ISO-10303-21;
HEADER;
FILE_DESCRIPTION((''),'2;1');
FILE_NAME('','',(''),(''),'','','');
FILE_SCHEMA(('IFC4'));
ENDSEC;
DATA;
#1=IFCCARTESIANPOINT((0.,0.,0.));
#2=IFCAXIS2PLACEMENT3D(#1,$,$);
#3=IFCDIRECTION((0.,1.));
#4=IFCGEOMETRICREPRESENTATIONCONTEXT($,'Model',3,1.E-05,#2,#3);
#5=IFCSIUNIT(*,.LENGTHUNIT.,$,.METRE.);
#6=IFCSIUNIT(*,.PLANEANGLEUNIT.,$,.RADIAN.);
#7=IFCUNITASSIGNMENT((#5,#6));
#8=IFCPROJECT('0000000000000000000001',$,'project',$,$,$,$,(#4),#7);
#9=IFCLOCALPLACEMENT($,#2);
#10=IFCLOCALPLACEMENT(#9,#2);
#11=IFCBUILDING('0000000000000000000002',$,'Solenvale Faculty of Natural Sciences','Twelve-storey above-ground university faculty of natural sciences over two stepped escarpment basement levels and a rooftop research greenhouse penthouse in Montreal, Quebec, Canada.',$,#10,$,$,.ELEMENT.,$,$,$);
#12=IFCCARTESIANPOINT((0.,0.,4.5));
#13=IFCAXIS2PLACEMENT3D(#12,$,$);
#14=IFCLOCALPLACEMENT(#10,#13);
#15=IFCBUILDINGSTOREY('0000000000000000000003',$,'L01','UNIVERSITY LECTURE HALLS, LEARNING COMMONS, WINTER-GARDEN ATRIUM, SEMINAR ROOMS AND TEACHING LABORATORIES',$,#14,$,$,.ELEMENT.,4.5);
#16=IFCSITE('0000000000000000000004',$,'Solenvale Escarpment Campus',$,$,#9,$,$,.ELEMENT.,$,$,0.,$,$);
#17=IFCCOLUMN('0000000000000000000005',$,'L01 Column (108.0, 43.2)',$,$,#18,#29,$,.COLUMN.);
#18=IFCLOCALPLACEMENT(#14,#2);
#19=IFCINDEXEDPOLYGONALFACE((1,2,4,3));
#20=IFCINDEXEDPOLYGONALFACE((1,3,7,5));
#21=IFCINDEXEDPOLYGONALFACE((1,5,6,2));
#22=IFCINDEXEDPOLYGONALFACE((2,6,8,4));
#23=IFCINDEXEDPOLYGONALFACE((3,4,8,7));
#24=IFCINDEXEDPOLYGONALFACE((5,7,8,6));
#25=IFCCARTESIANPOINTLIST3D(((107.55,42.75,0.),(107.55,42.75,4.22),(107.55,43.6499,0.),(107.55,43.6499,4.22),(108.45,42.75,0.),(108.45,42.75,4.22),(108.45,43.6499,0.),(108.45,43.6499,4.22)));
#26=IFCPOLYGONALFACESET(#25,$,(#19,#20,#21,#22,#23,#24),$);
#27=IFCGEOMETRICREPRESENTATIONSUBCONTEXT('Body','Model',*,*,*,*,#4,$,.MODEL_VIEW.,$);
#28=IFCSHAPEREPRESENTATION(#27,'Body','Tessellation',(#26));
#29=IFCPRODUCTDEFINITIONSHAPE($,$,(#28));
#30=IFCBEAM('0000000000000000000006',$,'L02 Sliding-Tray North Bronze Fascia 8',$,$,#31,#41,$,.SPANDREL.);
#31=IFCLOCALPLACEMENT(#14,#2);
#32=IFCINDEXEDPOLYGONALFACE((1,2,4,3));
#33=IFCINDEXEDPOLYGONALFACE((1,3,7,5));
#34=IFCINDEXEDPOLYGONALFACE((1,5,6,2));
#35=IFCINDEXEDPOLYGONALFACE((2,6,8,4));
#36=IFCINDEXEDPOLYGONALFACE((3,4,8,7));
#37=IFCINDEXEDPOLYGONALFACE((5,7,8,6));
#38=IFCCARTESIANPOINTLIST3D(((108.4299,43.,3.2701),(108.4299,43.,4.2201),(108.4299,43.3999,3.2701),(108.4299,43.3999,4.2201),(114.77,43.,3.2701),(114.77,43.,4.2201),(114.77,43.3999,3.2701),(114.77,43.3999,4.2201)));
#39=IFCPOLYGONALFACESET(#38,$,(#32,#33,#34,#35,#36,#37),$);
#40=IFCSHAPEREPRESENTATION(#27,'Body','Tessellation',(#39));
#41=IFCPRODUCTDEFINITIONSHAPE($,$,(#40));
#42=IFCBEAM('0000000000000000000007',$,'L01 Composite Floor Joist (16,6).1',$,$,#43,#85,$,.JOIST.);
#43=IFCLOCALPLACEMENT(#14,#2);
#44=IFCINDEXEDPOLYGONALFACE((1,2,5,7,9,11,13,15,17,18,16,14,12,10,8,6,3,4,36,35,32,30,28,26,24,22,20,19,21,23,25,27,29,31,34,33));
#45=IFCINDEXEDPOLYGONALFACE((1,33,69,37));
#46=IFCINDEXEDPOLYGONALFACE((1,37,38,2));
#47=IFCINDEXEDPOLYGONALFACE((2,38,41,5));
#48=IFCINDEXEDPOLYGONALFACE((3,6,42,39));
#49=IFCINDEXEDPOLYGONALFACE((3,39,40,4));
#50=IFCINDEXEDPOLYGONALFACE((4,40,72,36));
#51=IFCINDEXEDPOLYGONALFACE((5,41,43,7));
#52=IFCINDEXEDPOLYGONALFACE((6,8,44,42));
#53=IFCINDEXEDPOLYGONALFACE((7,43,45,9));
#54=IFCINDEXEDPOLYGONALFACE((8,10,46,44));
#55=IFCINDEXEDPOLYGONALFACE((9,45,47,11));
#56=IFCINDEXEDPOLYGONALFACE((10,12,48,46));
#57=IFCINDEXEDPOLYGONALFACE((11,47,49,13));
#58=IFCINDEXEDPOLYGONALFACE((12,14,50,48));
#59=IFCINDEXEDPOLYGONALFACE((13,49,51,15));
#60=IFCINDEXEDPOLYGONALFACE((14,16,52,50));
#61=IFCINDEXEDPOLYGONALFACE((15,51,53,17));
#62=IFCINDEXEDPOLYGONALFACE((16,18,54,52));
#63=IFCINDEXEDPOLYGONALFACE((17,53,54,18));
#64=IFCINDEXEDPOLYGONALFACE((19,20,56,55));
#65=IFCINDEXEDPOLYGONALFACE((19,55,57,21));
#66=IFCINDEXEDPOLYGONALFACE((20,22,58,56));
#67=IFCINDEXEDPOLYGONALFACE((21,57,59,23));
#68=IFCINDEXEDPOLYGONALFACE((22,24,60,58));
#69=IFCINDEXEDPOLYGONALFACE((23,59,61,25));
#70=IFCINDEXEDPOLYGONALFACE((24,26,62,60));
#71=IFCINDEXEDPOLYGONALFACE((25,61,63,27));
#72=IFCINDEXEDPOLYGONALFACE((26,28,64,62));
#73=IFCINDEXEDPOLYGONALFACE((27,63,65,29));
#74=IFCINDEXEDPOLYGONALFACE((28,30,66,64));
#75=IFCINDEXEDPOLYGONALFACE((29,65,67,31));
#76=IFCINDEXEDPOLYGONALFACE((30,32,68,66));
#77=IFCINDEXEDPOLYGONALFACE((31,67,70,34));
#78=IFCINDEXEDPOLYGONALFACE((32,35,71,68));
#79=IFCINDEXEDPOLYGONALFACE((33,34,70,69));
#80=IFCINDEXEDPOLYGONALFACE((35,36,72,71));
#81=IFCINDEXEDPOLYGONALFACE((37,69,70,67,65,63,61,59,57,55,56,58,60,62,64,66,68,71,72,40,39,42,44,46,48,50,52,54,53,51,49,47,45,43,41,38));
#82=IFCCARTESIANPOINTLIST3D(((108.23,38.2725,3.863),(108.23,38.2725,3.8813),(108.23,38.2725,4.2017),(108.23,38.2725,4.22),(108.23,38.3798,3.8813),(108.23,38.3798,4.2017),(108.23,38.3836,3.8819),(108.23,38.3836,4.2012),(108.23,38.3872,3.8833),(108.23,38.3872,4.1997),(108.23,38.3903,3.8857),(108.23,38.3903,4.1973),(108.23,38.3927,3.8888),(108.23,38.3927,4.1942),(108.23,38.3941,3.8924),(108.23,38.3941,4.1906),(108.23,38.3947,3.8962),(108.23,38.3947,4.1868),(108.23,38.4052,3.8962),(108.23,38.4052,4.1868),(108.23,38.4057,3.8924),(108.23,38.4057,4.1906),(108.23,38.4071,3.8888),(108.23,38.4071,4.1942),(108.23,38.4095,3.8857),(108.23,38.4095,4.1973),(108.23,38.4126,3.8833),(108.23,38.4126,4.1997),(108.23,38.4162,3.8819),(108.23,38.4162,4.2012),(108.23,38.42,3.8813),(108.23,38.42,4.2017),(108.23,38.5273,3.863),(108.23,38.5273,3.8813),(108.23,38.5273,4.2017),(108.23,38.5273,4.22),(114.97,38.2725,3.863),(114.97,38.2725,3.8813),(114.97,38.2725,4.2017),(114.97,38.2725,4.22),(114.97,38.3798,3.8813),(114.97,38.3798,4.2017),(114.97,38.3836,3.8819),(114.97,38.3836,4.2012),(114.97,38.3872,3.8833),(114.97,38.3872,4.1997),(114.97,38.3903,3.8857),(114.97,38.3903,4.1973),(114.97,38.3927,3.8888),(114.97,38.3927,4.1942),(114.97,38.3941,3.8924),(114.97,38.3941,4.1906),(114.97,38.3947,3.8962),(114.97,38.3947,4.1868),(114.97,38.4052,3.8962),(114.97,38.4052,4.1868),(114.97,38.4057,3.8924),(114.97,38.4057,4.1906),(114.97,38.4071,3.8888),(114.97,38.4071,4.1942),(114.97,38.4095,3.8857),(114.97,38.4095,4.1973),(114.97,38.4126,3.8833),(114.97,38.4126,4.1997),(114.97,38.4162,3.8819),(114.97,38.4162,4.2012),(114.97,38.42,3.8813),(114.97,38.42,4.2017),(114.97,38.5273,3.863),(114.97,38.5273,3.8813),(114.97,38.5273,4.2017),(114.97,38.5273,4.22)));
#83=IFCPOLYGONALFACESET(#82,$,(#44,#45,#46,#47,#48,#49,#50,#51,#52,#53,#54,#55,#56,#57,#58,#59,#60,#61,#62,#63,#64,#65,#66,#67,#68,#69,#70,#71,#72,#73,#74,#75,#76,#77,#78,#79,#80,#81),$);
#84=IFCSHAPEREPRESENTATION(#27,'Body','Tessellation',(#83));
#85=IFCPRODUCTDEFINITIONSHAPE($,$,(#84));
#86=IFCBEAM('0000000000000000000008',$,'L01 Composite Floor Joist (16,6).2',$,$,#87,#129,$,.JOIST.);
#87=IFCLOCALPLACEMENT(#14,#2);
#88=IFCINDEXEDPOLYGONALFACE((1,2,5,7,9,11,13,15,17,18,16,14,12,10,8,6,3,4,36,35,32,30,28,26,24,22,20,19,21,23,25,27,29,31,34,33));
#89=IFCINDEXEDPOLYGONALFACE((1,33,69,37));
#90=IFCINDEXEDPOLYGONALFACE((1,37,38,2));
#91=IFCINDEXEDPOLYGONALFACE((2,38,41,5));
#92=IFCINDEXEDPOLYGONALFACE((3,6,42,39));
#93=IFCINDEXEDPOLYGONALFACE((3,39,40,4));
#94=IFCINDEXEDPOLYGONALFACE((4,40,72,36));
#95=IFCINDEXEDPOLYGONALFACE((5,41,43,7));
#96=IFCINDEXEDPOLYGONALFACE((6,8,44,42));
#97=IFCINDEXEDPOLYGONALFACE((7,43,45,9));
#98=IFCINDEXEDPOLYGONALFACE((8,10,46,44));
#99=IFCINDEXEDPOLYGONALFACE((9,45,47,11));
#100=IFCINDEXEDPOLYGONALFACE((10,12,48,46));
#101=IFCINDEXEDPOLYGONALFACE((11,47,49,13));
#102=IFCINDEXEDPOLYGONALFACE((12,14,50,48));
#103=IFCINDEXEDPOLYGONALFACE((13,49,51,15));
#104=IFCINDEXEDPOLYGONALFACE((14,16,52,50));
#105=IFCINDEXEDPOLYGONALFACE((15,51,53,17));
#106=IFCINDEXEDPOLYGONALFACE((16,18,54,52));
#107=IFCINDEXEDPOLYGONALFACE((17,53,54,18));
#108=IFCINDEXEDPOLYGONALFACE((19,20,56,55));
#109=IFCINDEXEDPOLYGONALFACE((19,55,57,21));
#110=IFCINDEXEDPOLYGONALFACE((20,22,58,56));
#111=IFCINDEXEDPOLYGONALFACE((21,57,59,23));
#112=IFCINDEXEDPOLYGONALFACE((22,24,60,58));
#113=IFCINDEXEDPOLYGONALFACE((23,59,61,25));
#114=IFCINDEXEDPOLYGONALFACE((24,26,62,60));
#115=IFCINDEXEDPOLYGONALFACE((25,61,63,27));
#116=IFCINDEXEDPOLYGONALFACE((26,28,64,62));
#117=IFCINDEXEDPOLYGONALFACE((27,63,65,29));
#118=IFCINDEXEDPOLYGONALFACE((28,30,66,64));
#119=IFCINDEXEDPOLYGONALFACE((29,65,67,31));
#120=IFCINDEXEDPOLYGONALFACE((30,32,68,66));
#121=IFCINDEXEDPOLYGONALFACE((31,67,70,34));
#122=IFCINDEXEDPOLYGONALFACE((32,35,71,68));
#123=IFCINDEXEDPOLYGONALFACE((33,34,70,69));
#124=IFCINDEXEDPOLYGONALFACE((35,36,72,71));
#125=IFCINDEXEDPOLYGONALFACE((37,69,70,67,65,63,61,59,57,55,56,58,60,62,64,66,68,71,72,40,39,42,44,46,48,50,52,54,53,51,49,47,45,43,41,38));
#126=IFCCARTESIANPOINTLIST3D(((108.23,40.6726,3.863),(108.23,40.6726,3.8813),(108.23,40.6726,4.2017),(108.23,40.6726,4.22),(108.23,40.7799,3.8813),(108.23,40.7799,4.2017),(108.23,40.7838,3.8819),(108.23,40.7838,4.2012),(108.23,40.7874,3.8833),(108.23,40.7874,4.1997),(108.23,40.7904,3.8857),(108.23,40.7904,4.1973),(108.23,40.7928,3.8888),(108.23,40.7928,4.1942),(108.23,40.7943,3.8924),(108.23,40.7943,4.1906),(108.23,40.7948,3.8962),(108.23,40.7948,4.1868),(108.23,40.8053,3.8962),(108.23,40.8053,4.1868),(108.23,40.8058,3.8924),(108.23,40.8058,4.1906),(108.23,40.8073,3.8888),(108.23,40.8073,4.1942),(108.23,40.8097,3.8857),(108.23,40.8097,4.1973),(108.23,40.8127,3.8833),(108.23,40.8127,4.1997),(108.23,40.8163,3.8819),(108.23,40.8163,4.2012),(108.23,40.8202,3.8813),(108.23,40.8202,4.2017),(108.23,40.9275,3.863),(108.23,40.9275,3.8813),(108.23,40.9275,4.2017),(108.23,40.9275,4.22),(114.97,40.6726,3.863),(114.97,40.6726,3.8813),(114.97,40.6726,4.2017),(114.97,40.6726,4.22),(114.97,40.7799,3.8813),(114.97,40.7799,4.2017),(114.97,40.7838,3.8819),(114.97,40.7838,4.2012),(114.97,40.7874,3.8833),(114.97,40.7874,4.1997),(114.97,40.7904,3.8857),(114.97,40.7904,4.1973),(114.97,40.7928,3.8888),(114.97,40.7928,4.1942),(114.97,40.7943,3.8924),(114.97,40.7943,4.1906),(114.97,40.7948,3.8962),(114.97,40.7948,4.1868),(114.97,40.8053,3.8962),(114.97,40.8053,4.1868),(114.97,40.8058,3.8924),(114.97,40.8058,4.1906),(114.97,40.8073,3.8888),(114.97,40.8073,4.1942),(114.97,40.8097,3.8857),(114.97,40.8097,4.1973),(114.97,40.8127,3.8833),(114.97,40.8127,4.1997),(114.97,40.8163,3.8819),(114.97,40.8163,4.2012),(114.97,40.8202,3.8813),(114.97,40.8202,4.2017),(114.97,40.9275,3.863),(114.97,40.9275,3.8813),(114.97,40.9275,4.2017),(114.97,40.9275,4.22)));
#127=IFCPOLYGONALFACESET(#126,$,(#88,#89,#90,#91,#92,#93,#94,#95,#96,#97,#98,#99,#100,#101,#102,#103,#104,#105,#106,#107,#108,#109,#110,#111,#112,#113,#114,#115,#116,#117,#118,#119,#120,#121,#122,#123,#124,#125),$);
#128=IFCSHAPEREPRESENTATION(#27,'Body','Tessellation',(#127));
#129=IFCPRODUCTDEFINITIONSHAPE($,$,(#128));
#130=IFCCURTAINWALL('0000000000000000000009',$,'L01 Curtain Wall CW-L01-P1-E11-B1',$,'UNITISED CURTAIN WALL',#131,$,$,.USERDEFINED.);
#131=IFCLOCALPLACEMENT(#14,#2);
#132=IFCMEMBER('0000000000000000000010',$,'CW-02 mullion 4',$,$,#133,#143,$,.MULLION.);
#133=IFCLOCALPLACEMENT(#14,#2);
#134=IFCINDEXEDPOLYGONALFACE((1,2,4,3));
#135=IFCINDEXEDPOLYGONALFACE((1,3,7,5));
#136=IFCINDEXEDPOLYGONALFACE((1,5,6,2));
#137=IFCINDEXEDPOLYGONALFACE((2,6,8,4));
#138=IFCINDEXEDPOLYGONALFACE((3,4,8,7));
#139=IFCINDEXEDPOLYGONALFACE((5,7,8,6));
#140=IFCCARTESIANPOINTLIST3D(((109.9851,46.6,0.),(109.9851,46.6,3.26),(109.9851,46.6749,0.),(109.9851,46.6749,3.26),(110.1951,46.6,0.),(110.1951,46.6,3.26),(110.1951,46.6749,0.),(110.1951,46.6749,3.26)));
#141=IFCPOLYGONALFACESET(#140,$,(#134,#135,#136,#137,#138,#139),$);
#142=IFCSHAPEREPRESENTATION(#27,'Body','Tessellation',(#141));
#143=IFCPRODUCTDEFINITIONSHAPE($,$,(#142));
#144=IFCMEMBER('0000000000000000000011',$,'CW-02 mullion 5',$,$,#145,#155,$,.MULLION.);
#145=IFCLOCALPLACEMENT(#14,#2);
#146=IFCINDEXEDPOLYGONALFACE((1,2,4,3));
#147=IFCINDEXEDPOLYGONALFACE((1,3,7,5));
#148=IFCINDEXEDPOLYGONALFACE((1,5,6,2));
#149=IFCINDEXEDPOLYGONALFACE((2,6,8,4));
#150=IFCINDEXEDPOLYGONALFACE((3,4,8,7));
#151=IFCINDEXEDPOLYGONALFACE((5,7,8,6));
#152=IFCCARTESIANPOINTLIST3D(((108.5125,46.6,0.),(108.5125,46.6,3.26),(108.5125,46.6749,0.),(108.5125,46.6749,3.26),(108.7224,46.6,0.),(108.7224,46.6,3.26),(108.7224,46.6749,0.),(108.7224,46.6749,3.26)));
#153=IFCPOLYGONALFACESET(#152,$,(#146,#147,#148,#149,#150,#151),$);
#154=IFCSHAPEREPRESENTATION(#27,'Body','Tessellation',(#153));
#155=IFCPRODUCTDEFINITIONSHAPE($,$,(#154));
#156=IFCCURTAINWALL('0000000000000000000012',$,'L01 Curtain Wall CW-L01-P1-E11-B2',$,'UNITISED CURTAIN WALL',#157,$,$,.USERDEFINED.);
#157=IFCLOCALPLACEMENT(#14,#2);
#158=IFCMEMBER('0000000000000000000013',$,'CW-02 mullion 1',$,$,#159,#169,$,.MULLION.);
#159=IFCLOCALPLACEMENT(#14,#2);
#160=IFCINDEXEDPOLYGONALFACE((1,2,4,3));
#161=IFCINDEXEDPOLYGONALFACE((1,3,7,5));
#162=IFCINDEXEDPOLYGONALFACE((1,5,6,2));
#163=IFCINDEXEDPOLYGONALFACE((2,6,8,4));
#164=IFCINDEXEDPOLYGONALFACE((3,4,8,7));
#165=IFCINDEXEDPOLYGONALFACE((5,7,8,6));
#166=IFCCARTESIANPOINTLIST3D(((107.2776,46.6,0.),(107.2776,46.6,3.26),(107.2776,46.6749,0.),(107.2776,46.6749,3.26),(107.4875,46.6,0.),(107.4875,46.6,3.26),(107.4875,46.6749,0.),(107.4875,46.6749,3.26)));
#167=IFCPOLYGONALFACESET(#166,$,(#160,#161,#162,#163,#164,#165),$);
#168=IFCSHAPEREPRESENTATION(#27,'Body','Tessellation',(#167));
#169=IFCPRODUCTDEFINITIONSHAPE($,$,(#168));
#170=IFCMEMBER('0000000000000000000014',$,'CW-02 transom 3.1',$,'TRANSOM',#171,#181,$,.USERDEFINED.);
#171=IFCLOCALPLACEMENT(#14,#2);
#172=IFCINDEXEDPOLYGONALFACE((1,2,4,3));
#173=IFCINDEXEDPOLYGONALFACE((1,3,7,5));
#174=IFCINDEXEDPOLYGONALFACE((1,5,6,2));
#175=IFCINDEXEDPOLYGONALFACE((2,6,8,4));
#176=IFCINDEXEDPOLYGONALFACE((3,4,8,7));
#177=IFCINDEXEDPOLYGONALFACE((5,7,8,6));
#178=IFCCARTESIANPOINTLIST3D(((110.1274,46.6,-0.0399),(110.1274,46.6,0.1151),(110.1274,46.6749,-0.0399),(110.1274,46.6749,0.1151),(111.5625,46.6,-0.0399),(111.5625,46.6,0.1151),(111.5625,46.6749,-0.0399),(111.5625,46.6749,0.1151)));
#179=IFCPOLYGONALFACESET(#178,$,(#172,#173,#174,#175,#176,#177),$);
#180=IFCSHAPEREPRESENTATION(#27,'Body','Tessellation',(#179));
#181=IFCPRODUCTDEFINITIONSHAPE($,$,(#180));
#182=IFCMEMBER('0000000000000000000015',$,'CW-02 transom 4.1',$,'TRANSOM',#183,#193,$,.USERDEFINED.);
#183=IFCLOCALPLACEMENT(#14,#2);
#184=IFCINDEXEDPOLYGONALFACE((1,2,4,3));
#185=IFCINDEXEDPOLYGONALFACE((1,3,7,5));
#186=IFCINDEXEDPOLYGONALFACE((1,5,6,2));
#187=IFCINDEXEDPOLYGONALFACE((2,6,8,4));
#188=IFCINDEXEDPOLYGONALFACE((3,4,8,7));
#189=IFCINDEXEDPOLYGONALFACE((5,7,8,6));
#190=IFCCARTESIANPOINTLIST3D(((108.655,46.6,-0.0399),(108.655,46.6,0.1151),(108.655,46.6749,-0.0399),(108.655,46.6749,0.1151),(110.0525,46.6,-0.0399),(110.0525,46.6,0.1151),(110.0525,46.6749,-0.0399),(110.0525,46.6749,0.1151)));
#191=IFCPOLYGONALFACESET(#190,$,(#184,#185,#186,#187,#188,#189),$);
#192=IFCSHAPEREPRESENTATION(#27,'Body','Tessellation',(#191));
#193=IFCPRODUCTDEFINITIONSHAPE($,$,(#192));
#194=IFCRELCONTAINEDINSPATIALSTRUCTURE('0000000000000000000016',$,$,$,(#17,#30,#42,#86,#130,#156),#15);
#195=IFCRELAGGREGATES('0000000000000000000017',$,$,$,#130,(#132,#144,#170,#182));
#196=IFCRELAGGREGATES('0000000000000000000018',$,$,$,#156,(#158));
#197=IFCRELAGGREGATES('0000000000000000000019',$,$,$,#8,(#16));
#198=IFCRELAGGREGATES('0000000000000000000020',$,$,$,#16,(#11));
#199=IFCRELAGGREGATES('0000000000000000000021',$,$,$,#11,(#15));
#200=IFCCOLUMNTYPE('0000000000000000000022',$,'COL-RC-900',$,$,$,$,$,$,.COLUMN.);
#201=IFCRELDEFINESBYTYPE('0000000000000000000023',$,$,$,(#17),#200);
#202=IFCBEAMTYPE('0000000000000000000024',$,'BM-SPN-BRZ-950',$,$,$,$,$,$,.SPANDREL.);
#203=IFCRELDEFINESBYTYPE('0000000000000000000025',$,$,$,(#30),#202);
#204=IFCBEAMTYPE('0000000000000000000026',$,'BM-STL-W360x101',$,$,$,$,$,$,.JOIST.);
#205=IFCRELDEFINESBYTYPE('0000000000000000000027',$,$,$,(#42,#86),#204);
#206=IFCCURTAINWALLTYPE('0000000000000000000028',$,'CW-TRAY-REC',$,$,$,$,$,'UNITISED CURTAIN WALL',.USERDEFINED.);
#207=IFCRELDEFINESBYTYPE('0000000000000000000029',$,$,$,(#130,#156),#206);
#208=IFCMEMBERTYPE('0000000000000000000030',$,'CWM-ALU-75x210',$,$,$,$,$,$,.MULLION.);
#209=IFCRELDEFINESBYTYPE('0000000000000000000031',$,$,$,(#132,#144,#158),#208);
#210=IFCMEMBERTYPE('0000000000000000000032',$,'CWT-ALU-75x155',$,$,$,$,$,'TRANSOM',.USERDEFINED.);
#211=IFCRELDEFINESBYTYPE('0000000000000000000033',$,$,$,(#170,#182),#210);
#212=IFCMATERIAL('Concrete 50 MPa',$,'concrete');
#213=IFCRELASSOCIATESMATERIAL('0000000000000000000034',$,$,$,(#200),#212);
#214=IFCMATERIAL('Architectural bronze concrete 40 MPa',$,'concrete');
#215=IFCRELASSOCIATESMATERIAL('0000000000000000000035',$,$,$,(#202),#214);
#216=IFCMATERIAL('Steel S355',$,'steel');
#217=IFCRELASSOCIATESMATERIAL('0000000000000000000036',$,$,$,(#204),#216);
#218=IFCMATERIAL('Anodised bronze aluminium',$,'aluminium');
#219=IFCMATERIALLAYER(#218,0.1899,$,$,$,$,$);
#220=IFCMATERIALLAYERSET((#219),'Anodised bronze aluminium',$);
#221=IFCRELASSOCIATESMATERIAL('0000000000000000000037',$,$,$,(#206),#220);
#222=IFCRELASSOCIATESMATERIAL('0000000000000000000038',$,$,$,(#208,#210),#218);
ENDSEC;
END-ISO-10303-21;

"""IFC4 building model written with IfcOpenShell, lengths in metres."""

from ifc_helpers import new_model, si_unit, direction, frame, origin, origin_2d, place, context, subcontext, project, spatial, rectangle, i_section, extrude, material, layer, layer_set, material_profile, profile_set, type_object, element, aggregate, save


model = new_model("IFC4")

# Units and contexts
model_context = context("Model", 3, precision=1e-05, world=origin(), true_north=direction((0.0, 1.0)))
body_context = subcontext(model_context, "Body", "Model", "MODEL_VIEW")
ifc_project = project(units=[si_unit("LENGTHUNIT", "METRE"), si_unit("PLANEANGLEUNIT", "RADIAN")], contexts=[model_context])

# Site, building, storey
site_placement = place(None, origin())
site = spatial("IfcSite", under=ifc_project, at=site_placement, Name="Solenvale Escarpment Campus", CompositionType="ELEMENT", RefElevation=0.0)
building_placement = place(site_placement, origin())
building = spatial("IfcBuilding", under=site, at=building_placement, Name="Solenvale Faculty of Natural Sciences", Description="Twelve-storey above-ground university faculty of natural sciences over two stepped escarpment basement levels and a rooftop research greenhouse penthouse in Montreal, Quebec, Canada.", CompositionType="ELEMENT")
storey_placement = place(building_placement, frame((0.0, 0.0, 4.5)))
storey = spatial("IfcBuildingStorey", under=building, at=storey_placement, Name="L01", Description="UNIVERSITY LECTURE HALLS, LEARNING COMMONS, WINTER-GARDEN ATRIUM, SEMINAR ROOMS AND TEACHING LABORATORIES", CompositionType="ELEMENT", Elevation=4.5)

# Column
ifc_material_1 = material(Name="Concrete 50 MPa", Category="concrete")
ifc_material_profile_1 = material_profile(ifc_material_1, rectangle(XDim=0.8999, YDim=0.8999, at=origin_2d()), Name="RC-COL-900x900")
ifc_profile_set_1 = profile_set([ifc_material_profile_1], Name="Concrete 50 MPa")
column_type = type_object("IfcColumnType", Name="COL-RC-900", PredefinedType="COLUMN", material=ifc_profile_set_1)
column_placement = place(storey_placement, frame((108.0, 43.2, 0.0), z_axis=(0.0, 0.0, 1.0), x_axis=(1.0, 0.0, 0.0)))
element("IfcColumn", 1, at=column_placement, inside=storey, type_object=column_type, Name="L01 Column (108.0, 43.2)", PredefinedType="COLUMN", context=body_context, shape_type="SweptSolid", body=[
    extrude(rectangle(XDim=0.8999, YDim=0.8999, at=origin_2d()), origin(), (0.0, 0.0, 1.0), 4.22),
])

# Beams
ifc_material_2 = material(Name="Architectural bronze concrete 40 MPa", Category="concrete")
ifc_material_profile_2 = material_profile(ifc_material_2, rectangle(XDim=0.3999, YDim=0.95, at=origin_2d()), Name="RC-SPN-400x950")
ifc_profile_set_2 = profile_set([ifc_material_profile_2], Name="Architectural bronze concrete 40 MPa")
beam_type_1 = type_object("IfcBeamType", Name="BM-SPN-BRZ-950", PredefinedType="SPANDREL", material=ifc_profile_set_2)
beam_placement = place(storey_placement, frame((108.4299, 43.2, 3.7451), z_axis=(1.0, 0.0, 0.0), x_axis=(0.0, 1.0, 0.0)))
element("IfcBeam", 2, at=beam_placement, inside=storey, type_object=beam_type_1, Name="L02 Sliding-Tray North Bronze Fascia 8", PredefinedType="SPANDREL", context=body_context, shape_type="SweptSolid", body=[
    extrude(rectangle(XDim=0.3999, YDim=0.95, at=origin_2d()), origin(), (0.0, 0.0, 1.0), 6.3401),
])
ifc_material_3 = material(Name="Steel S355", Category="steel")
ifc_material_profile_3 = material_profile(ifc_material_3, i_section(OverallWidth=0.2549, OverallDepth=0.3569, WebThickness=0.0105, FlangeThickness=0.0183, FilletRadius=0.0149, at=origin_2d()), Name="W360x101")
ifc_profile_set_3 = profile_set([ifc_material_profile_3], Name="Steel S355")
beam_type_2 = type_object("IfcBeamType", Name="BM-STL-W360x101", PredefinedType="JOIST", material=ifc_profile_set_3)
for number, where, z_axis, x_axis, name in (
    (3, (108.23, 38.3999, 4.0415), (1.0, 0.0, 0.0), (0.0, 1.0, 0.0), "L01 Composite Floor Joist (16,6).1"),
    (4, (108.23, 40.8, 4.0415), (1.0, 0.0, 0.0), (0.0, 1.0, 0.0), "L01 Composite Floor Joist (16,6).2"),
):
    element("IfcBeam", number, at=place(storey_placement, frame(where, z_axis=z_axis, x_axis=x_axis)), inside=storey, type_object=beam_type_2, Name=name, PredefinedType="JOIST", context=body_context, shape_type="SweptSolid", body=[
        extrude(i_section(OverallWidth=0.2549, OverallDepth=0.3569, WebThickness=0.0105, FlangeThickness=0.0183, FilletRadius=0.0149, at=origin_2d()), origin(), (0.0, 0.0, 1.0), 6.74),
    ])

# Curtain wall, members
ifc_material_4 = material(Name="Anodised bronze aluminium", Category="aluminium")
ifc_layer_1 = layer(ifc_material_4, 0.1899)
ifc_layer_set_1 = layer_set([ifc_layer_1], Name="Anodised bronze aluminium")
curtain_wall_type = type_object("IfcCurtainWallType", Name="CW-TRAY-REC", ElementType="UNITISED CURTAIN WALL", PredefinedType="USERDEFINED", material=ifc_layer_set_1)
curtain_wall_1_placement = place(storey_placement, origin())
curtain_wall_1 = element("IfcCurtainWall", 5, at=curtain_wall_1_placement, inside=storey, type_object=curtain_wall_type, Name="L01 Curtain Wall CW-L01-P1-E11-B1", ObjectType="UNITISED CURTAIN WALL", PredefinedType="USERDEFINED")
ifc_material_profile_4 = material_profile(ifc_material_4, rectangle(XDim=0.075, YDim=0.21, at=origin_2d()), Name="ALU-MUL-75x210")
ifc_profile_set_4 = profile_set([ifc_material_profile_4], Name="Anodised bronze aluminium")
member_type_1 = type_object("IfcMemberType", Name="CWM-ALU-75x210", PredefinedType="MULLION", material=ifc_profile_set_4)
member_1_placement = place(storey_placement, frame((110.0901, 46.6375, 0.0), z_axis=(0.0, 0.0, 1.0), x_axis=(0.0, -1.0, 0.0)))
member_1 = element("IfcMember", 6, at=member_1_placement, type_object=member_type_1, Name="CW-02 mullion 4", PredefinedType="MULLION", context=body_context, shape_type="SweptSolid", body=[
    extrude(rectangle(XDim=0.075, YDim=0.21, at=origin_2d()), origin(), (0.0, 0.0, 1.0), 3.26),
])
member_2_placement = place(storey_placement, frame((108.6174, 46.6375, 0.0), z_axis=(0.0, 0.0, 1.0), x_axis=(0.0, -1.0, 0.0)))
member_2 = element("IfcMember", 7, at=member_2_placement, type_object=member_type_1, Name="CW-02 mullion 5", PredefinedType="MULLION", context=body_context, shape_type="SweptSolid", body=[
    extrude(rectangle(XDim=0.075, YDim=0.21, at=origin_2d()), origin(), (0.0, 0.0, 1.0), 3.26),
])

# Curtain wall, member
curtain_wall_2_placement = place(storey_placement, origin())
curtain_wall_2 = element("IfcCurtainWall", 8, at=curtain_wall_2_placement, inside=storey, type_object=curtain_wall_type, Name="L01 Curtain Wall CW-L01-P1-E11-B2", ObjectType="UNITISED CURTAIN WALL", PredefinedType="USERDEFINED")
member_3_placement = place(storey_placement, frame((107.3826, 46.6375, 0.0), z_axis=(0.0, 0.0, 1.0), x_axis=(0.0, -1.0, 0.0)))
member_3 = element("IfcMember", 9, at=member_3_placement, type_object=member_type_1, Name="CW-02 mullion 1", PredefinedType="MULLION", context=body_context, shape_type="SweptSolid", body=[
    extrude(rectangle(XDim=0.075, YDim=0.21, at=origin_2d()), origin(), (0.0, 0.0, 1.0), 3.26),
])

# Members
ifc_material_profile_5 = material_profile(ifc_material_4, rectangle(XDim=0.075, YDim=0.155, at=origin_2d()), Name="ALU-TRN-75x155")
ifc_profile_set_5 = profile_set([ifc_material_profile_5], Name="Anodised bronze aluminium")
member_type_2 = type_object("IfcMemberType", Name="CWT-ALU-75x155", ElementType="TRANSOM", PredefinedType="USERDEFINED", material=ifc_profile_set_5)
member_4_placement = place(storey_placement, frame((111.5625, 46.6375, 0.0376), z_axis=(-1.0, 0.0, 0.0), x_axis=(0.0, -1.0, 0.0)))
member_4 = element("IfcMember", 10, at=member_4_placement, type_object=member_type_2, Name="CW-02 transom 3.1", ObjectType="TRANSOM", PredefinedType="USERDEFINED", context=body_context, shape_type="SweptSolid", body=[
    extrude(rectangle(XDim=0.075, YDim=0.155, at=origin_2d()), origin(), (0.0, 0.0, 1.0), 1.4351),
])
member_5_placement = place(storey_placement, frame((110.0525, 46.6375, 0.0376), z_axis=(-1.0, 0.0, 0.0), x_axis=(0.0, -1.0, 0.0)))
member_5 = element("IfcMember", 11, at=member_5_placement, type_object=member_type_2, Name="CW-02 transom 4.1", ObjectType="TRANSOM", PredefinedType="USERDEFINED", context=body_context, shape_type="SweptSolid", body=[
    extrude(rectangle(XDim=0.075, YDim=0.155, at=origin_2d()), origin(), (0.0, 0.0, 1.0), 1.3975),
])

aggregate(curtain_wall_1, [member_1, member_2, member_4, member_5])
aggregate(curtain_wall_2, [member_3])

save(model, "model.ifc")
